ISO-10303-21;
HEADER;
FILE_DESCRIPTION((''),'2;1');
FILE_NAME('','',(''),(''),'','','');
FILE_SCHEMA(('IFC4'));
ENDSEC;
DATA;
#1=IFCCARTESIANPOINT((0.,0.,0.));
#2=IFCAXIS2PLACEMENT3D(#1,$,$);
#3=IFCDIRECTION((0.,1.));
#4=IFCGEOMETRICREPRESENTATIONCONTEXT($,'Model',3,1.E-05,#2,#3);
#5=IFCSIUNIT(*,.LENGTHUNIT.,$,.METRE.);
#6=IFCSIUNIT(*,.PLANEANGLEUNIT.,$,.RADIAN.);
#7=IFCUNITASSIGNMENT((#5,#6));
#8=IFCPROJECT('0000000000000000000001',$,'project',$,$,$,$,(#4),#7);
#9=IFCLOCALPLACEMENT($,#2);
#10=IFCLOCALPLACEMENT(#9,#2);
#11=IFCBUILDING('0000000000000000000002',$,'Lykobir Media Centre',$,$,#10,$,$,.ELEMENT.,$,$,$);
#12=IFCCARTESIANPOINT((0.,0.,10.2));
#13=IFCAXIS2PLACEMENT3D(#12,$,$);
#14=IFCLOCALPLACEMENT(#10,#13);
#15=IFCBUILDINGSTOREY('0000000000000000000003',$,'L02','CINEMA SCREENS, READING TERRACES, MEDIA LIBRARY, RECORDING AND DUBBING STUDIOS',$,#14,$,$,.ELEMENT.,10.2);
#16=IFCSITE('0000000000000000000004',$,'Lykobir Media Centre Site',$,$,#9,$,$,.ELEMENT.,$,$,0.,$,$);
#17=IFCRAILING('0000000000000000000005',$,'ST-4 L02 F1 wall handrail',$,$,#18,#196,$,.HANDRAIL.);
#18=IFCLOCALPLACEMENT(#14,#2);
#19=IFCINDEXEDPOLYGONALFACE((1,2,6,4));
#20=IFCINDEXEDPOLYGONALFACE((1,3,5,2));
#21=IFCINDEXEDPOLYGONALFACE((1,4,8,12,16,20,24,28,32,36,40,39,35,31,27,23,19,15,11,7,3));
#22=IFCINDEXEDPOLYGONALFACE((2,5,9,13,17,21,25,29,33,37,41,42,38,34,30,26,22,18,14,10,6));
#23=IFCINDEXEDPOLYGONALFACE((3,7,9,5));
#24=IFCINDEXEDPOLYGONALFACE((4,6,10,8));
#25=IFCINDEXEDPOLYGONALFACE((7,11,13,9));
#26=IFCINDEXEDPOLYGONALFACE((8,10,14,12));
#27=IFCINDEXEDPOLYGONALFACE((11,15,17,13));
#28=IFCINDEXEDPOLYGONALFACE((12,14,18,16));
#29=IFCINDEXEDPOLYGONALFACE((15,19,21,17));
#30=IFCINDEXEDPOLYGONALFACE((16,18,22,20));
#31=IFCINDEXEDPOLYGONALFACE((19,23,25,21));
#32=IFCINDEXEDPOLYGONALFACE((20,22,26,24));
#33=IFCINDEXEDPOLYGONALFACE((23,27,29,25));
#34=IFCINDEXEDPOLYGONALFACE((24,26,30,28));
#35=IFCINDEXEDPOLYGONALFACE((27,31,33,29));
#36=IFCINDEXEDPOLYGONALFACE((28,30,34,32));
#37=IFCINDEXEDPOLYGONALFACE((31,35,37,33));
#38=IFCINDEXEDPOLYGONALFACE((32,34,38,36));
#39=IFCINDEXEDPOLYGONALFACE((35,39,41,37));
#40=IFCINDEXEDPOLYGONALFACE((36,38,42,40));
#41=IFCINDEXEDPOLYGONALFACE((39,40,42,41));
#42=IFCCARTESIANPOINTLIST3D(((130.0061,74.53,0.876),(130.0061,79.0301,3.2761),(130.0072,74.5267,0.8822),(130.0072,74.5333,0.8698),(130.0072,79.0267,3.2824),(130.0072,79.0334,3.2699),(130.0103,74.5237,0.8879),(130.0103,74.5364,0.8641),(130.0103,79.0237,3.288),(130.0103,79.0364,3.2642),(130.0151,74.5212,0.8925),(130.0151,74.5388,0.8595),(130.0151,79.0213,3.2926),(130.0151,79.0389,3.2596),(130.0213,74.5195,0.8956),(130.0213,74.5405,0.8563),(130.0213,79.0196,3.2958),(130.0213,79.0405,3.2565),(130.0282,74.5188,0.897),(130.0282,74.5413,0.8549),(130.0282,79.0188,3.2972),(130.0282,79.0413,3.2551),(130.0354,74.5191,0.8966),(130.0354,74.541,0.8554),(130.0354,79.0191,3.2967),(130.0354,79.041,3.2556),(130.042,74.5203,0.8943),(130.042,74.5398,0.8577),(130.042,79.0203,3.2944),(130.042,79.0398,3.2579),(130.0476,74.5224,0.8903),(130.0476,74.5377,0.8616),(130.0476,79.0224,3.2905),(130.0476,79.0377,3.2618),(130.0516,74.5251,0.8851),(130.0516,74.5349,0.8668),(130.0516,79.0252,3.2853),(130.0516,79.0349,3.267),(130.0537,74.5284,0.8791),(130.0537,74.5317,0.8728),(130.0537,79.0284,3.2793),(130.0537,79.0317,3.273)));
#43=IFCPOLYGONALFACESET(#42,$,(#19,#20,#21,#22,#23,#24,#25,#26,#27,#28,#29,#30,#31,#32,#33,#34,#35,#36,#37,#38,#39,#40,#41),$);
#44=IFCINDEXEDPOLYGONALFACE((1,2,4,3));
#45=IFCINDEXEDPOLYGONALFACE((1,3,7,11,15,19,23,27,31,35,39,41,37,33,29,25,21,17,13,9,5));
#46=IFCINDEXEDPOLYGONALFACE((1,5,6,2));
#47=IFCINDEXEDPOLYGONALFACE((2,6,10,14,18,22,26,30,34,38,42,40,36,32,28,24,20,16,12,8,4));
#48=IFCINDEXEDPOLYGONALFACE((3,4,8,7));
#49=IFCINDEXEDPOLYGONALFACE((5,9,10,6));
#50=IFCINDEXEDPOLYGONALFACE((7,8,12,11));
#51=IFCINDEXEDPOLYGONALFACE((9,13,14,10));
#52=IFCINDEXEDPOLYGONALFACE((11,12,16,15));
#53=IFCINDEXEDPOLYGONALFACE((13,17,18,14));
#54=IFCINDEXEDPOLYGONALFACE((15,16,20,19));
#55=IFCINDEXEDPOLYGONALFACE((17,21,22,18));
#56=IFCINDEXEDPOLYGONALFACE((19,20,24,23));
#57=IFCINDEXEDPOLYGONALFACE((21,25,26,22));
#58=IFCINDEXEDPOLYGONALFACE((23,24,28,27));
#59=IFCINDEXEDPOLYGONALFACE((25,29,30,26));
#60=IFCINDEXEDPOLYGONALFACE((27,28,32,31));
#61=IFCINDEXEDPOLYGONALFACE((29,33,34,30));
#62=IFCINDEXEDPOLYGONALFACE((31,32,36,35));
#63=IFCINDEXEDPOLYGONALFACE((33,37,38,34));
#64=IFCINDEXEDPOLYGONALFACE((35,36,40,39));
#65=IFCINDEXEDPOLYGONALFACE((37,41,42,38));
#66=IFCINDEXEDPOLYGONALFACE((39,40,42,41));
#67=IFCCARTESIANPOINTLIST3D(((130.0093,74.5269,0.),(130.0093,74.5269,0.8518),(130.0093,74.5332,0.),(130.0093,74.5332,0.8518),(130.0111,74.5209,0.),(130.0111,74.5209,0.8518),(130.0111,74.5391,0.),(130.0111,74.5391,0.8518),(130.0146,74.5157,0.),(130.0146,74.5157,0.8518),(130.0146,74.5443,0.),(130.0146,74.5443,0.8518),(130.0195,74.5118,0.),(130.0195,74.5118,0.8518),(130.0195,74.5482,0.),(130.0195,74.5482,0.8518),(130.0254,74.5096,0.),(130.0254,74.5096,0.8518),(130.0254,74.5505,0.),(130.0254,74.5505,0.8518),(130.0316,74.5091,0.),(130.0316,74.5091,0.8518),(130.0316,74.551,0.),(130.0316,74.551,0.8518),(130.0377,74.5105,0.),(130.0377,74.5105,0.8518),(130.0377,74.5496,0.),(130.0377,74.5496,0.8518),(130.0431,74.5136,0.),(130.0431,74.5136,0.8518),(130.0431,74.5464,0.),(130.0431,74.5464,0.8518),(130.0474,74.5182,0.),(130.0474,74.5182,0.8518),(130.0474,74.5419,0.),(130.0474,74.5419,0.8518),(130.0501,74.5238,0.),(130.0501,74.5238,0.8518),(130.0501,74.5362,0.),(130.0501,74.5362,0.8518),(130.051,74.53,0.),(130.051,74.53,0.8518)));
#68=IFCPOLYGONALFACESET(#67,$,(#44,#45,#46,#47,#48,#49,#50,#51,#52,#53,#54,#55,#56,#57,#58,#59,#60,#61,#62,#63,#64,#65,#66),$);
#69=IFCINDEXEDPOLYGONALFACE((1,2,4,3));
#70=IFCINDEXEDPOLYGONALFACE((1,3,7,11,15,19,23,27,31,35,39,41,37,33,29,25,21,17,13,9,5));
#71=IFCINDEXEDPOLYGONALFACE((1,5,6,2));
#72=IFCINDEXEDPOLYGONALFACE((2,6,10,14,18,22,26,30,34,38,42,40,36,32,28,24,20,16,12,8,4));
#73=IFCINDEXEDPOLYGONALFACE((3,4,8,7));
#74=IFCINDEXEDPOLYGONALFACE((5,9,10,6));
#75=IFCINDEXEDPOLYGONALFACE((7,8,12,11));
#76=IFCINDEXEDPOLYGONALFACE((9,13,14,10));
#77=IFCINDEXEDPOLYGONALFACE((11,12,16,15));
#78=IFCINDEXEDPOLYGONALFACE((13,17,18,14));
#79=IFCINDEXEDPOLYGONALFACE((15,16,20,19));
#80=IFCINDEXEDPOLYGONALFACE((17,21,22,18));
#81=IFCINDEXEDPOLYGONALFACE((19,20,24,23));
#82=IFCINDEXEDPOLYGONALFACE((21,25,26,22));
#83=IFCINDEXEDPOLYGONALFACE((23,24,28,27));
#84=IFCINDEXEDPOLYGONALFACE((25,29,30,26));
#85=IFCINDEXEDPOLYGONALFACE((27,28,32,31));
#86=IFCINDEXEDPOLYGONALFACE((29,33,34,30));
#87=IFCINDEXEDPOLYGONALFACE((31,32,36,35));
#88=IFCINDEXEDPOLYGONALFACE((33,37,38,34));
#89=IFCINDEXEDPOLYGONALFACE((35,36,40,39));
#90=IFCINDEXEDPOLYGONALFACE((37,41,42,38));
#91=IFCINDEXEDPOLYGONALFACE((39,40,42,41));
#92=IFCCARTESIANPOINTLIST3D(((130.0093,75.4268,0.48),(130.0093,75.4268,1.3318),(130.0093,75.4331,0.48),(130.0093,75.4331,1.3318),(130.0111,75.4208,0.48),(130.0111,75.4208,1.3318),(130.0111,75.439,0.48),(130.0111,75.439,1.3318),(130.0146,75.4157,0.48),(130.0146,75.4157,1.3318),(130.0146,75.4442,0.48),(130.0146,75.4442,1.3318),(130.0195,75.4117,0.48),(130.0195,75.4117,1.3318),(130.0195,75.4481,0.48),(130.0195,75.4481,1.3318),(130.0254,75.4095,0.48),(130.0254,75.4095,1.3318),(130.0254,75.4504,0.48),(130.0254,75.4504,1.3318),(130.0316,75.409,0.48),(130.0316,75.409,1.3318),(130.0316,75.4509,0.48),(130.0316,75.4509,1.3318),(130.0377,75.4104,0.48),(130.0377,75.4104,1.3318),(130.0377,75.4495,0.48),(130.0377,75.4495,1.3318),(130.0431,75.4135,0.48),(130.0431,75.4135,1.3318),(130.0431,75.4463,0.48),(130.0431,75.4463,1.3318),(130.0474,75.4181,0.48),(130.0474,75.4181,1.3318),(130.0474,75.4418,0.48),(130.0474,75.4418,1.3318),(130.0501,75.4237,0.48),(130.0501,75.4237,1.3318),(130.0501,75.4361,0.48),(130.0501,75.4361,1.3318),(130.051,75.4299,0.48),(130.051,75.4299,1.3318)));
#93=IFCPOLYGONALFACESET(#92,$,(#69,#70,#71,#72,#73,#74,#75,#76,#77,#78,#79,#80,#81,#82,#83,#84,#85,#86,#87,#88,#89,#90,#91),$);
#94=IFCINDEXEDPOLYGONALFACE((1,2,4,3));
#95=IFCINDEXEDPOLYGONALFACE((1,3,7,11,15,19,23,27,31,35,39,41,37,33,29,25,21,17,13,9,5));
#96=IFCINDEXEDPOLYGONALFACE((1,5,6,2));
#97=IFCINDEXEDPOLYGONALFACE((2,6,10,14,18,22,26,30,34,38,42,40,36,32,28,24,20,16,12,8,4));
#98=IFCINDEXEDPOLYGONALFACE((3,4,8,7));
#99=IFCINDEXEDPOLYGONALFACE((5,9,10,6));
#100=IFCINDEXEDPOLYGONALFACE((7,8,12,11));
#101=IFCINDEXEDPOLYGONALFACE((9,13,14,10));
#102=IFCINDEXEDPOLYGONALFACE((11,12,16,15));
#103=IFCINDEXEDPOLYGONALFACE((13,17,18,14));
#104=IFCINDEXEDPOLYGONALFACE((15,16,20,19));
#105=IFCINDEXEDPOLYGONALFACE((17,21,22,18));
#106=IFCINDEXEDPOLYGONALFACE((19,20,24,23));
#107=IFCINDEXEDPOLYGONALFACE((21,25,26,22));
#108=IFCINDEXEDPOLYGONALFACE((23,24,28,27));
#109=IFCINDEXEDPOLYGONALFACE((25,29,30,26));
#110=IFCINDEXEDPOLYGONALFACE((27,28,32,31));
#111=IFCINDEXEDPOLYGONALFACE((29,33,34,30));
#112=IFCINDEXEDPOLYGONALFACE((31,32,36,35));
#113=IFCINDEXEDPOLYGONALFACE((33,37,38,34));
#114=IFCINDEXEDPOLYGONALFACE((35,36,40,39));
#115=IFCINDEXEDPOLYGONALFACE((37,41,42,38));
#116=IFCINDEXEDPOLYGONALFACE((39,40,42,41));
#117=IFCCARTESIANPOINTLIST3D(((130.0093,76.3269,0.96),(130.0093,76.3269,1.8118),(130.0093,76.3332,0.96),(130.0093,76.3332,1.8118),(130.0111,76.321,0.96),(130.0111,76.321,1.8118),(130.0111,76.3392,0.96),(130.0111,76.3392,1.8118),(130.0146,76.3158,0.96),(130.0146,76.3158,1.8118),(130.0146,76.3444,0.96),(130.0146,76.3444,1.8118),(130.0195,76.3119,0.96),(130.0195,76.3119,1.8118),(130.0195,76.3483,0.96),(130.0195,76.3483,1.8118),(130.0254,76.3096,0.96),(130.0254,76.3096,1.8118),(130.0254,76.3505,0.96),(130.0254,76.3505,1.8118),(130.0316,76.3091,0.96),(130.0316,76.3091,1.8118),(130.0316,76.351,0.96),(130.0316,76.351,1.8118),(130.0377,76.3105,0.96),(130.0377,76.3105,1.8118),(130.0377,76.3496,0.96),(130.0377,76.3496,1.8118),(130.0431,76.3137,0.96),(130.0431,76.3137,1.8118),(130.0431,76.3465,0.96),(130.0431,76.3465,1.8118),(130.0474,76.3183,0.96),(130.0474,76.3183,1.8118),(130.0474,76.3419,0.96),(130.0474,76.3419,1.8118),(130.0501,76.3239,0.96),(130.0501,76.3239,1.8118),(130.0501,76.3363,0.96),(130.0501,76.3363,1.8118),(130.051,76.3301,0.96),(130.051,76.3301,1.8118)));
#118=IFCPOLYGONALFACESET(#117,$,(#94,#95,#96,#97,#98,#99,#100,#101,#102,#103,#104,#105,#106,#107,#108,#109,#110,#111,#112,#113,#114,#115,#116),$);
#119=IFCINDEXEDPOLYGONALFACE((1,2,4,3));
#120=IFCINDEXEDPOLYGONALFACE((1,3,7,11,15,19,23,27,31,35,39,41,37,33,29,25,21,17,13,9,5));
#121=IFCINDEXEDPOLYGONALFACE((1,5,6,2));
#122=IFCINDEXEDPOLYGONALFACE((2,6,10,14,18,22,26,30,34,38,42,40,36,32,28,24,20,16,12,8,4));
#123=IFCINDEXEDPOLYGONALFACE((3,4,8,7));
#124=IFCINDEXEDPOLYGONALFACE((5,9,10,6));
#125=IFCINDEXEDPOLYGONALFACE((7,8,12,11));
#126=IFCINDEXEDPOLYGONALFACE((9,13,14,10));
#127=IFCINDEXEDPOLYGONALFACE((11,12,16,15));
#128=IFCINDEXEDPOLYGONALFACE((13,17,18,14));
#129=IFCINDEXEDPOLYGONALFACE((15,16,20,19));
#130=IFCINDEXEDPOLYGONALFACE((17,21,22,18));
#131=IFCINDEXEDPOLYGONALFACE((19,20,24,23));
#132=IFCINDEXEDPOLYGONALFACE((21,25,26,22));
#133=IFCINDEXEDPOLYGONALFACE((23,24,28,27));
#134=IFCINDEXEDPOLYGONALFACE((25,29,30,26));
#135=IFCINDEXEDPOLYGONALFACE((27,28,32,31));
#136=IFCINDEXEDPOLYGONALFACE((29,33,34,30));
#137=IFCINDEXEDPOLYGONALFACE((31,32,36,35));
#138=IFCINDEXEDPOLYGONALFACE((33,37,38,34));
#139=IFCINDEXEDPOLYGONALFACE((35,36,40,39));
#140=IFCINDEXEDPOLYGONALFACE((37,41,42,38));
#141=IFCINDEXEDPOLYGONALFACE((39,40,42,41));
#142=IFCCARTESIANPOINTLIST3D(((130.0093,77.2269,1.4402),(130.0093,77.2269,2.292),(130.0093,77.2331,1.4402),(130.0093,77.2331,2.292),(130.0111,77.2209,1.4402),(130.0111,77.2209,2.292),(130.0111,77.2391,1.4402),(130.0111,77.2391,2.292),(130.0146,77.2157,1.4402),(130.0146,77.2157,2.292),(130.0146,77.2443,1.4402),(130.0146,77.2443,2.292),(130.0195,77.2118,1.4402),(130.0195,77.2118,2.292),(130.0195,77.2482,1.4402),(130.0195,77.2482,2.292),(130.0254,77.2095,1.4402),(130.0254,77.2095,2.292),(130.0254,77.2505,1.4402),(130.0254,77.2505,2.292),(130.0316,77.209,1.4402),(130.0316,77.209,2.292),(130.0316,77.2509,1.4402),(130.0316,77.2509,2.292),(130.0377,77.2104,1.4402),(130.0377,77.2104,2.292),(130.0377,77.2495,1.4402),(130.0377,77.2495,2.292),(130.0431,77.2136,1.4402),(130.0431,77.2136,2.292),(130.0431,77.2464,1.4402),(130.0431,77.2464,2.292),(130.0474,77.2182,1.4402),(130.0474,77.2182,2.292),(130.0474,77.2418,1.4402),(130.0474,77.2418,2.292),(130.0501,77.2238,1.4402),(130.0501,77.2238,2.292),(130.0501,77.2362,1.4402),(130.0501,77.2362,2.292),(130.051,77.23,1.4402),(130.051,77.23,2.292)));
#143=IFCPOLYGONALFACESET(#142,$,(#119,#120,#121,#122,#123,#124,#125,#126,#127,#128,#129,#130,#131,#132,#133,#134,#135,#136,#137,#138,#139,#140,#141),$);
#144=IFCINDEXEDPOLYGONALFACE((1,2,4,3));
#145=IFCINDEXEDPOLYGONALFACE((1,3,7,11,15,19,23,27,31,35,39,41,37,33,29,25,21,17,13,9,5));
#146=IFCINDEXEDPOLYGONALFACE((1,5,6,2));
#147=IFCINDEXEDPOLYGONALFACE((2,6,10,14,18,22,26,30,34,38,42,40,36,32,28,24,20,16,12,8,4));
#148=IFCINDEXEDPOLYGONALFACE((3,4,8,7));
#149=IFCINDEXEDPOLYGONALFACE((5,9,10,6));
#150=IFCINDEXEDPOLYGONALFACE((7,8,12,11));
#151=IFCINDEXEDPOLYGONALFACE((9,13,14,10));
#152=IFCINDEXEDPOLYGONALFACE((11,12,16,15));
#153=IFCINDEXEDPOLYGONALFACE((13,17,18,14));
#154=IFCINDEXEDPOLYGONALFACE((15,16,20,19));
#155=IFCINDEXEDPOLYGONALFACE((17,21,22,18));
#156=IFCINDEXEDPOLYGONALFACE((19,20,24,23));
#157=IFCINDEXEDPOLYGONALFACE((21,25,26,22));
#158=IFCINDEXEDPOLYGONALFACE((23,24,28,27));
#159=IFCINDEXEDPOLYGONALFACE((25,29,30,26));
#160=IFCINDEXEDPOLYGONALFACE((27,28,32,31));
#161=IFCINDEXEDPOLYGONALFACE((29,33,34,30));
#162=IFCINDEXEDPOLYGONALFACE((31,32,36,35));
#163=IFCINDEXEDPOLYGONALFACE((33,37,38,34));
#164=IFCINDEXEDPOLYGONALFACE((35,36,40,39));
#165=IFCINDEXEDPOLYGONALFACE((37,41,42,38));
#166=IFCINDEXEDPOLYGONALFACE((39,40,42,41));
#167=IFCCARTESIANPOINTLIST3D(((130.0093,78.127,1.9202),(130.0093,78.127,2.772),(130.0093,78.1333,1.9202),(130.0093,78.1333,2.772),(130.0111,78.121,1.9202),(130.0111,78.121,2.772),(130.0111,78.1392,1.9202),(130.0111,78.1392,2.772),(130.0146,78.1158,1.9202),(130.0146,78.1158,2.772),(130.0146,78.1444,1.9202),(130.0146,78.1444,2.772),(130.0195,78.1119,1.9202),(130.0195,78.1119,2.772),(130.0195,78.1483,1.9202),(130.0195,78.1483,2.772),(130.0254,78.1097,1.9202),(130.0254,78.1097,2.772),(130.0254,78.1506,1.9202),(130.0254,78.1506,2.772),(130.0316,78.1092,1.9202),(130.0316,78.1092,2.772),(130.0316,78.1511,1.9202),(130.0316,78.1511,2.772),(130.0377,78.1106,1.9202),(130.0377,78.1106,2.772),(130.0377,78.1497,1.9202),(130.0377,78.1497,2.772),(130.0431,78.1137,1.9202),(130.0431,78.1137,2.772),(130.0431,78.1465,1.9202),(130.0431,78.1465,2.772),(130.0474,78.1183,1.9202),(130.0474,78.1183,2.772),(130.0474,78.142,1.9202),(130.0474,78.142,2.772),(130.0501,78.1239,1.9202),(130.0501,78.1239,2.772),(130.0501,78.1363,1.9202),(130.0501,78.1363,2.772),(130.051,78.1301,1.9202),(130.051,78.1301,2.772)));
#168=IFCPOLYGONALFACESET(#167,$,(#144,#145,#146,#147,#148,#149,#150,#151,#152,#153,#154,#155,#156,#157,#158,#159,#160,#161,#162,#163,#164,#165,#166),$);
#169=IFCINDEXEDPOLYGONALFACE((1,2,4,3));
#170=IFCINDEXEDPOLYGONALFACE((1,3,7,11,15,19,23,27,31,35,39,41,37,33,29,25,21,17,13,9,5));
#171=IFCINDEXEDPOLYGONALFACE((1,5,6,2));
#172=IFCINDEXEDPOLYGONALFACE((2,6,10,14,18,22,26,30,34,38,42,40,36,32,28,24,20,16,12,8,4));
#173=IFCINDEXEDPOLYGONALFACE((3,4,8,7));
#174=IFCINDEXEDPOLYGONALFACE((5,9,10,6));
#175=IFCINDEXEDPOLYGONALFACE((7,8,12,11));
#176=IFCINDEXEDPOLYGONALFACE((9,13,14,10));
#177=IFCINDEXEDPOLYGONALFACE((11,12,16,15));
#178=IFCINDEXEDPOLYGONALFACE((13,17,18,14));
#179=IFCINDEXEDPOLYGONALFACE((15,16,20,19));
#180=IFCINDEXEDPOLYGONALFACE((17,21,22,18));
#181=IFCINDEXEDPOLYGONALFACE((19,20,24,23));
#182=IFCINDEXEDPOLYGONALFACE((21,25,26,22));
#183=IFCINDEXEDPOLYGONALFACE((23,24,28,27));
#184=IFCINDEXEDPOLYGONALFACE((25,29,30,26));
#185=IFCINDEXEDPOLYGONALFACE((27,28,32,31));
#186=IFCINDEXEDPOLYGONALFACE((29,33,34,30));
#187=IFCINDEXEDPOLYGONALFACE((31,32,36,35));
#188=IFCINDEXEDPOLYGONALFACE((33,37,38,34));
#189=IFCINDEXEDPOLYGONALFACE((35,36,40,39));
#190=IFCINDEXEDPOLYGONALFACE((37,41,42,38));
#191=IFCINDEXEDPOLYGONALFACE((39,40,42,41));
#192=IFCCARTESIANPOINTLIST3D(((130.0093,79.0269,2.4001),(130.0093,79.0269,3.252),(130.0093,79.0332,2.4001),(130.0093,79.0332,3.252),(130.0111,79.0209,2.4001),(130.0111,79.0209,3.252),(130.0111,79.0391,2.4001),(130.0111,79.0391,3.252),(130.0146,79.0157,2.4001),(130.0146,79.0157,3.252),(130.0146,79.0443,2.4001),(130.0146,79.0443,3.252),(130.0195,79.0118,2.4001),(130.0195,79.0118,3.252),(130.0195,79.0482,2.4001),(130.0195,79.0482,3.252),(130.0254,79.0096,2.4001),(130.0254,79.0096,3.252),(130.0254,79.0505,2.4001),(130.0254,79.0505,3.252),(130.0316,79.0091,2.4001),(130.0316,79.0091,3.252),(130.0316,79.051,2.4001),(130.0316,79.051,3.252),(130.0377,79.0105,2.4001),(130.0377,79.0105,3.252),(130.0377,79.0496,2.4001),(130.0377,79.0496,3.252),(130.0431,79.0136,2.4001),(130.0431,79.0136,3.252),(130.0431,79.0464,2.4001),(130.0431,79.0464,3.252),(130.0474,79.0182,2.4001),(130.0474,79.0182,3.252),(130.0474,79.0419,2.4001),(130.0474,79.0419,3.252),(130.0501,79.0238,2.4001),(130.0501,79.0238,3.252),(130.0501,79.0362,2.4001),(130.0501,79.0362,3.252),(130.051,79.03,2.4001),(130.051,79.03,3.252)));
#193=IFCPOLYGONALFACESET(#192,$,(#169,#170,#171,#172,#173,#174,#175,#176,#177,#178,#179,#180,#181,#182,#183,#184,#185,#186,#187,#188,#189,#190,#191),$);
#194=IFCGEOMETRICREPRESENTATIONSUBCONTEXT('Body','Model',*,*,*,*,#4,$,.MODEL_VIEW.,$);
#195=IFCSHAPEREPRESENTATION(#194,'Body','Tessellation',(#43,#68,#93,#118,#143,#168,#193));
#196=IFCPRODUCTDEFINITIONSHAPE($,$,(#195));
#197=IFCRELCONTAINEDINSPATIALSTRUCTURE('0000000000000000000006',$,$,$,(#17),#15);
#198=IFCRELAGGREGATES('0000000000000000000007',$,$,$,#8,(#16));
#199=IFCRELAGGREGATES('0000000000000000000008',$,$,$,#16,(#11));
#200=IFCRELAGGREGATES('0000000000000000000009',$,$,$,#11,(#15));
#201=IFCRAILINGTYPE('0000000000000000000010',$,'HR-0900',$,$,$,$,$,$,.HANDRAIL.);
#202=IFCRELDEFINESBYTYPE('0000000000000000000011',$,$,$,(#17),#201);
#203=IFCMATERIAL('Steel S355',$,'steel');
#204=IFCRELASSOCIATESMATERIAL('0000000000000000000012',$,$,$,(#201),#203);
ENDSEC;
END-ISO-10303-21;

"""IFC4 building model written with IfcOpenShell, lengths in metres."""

from ifc_helpers import new_model, si_unit, direction, frame, origin, origin_2d, place, context, subcontext, project, spatial, circle, extrude, material, type_object, element, save


model = new_model("IFC4")

# Units and contexts
model_context = context("Model", 3, precision=1e-05, world=origin(), true_north=direction((0.0, 1.0)))
body_context = subcontext(model_context, "Body", "Model", "MODEL_VIEW")
ifc_project = project(units=[si_unit("LENGTHUNIT", "METRE"), si_unit("PLANEANGLEUNIT", "RADIAN")], contexts=[model_context])

# Site, building, storey
site_placement = place(None, origin())
site = spatial("IfcSite", under=ifc_project, at=site_placement, Name="Lykobir Media Centre Site", CompositionType="ELEMENT", RefElevation=0.0)
building_placement = place(site_placement, origin())
building = spatial("IfcBuilding", under=site, at=building_placement, Name="Lykobir Media Centre", CompositionType="ELEMENT")
storey_placement = place(building_placement, frame((0.0, 0.0, 10.2)))
storey = spatial("IfcBuildingStorey", under=building, at=storey_placement, Name="L02", Description="CINEMA SCREENS, READING TERRACES, MEDIA LIBRARY, RECORDING AND DUBBING STUDIOS", CompositionType="ELEMENT", Elevation=10.2)

# Shared definitions
ifc_material_1 = material(Name="Steel S355", Category="steel")

# Railing
railing_type_1 = type_object("IfcRailingType", Name="HR-0900", PredefinedType="HANDRAIL", material=ifc_material_1)
railing_1_placement = place(storey_placement, frame((130.03, 74.53, 0.0)))
element("IfcRailing", 1, at=railing_1_placement, inside=storey, type_object=railing_type_1, Name="ST-4 L02 F1 wall handrail", PredefinedType="HANDRAIL", context=body_context, shape_type="SweptSolid", body=[
    extrude(circle(Radius=0.0239, at=origin_2d()), frame((0.0, 0.0, 0.876), z_axis=(0.0, 0.882341, 0.470611), x_axis=(-1.0, 0.0, 0.0)), (0.0, 0.0, 1.0), 5.1001),
    extrude(circle(Radius=0.021, at=origin_2d()), origin(), (0.0, 0.0, 1.0), 0.8518),
    extrude(circle(Radius=0.021, at=origin_2d()), frame((0.0, 0.8999, 0.48)), (0.0, 0.0, 1.0), 0.8518),
    extrude(circle(Radius=0.021, at=origin_2d()), frame((0.0, 1.8, 0.96)), (0.0, 0.0, 1.0), 0.8518),
    extrude(circle(Radius=0.021, at=origin_2d()), frame((0.0, 2.7, 1.4402)), (0.0, 0.0, 1.0), 0.8518),
    extrude(circle(Radius=0.021, at=origin_2d()), frame((0.0, 3.6001, 1.9202)), (0.0, 0.0, 1.0), 0.8518),
    extrude(circle(Radius=0.021, at=origin_2d()), frame((0.0, 4.5, 2.4001)), (0.0, 0.0, 1.0), 0.8518),
])

save(model, "model.ifc")
